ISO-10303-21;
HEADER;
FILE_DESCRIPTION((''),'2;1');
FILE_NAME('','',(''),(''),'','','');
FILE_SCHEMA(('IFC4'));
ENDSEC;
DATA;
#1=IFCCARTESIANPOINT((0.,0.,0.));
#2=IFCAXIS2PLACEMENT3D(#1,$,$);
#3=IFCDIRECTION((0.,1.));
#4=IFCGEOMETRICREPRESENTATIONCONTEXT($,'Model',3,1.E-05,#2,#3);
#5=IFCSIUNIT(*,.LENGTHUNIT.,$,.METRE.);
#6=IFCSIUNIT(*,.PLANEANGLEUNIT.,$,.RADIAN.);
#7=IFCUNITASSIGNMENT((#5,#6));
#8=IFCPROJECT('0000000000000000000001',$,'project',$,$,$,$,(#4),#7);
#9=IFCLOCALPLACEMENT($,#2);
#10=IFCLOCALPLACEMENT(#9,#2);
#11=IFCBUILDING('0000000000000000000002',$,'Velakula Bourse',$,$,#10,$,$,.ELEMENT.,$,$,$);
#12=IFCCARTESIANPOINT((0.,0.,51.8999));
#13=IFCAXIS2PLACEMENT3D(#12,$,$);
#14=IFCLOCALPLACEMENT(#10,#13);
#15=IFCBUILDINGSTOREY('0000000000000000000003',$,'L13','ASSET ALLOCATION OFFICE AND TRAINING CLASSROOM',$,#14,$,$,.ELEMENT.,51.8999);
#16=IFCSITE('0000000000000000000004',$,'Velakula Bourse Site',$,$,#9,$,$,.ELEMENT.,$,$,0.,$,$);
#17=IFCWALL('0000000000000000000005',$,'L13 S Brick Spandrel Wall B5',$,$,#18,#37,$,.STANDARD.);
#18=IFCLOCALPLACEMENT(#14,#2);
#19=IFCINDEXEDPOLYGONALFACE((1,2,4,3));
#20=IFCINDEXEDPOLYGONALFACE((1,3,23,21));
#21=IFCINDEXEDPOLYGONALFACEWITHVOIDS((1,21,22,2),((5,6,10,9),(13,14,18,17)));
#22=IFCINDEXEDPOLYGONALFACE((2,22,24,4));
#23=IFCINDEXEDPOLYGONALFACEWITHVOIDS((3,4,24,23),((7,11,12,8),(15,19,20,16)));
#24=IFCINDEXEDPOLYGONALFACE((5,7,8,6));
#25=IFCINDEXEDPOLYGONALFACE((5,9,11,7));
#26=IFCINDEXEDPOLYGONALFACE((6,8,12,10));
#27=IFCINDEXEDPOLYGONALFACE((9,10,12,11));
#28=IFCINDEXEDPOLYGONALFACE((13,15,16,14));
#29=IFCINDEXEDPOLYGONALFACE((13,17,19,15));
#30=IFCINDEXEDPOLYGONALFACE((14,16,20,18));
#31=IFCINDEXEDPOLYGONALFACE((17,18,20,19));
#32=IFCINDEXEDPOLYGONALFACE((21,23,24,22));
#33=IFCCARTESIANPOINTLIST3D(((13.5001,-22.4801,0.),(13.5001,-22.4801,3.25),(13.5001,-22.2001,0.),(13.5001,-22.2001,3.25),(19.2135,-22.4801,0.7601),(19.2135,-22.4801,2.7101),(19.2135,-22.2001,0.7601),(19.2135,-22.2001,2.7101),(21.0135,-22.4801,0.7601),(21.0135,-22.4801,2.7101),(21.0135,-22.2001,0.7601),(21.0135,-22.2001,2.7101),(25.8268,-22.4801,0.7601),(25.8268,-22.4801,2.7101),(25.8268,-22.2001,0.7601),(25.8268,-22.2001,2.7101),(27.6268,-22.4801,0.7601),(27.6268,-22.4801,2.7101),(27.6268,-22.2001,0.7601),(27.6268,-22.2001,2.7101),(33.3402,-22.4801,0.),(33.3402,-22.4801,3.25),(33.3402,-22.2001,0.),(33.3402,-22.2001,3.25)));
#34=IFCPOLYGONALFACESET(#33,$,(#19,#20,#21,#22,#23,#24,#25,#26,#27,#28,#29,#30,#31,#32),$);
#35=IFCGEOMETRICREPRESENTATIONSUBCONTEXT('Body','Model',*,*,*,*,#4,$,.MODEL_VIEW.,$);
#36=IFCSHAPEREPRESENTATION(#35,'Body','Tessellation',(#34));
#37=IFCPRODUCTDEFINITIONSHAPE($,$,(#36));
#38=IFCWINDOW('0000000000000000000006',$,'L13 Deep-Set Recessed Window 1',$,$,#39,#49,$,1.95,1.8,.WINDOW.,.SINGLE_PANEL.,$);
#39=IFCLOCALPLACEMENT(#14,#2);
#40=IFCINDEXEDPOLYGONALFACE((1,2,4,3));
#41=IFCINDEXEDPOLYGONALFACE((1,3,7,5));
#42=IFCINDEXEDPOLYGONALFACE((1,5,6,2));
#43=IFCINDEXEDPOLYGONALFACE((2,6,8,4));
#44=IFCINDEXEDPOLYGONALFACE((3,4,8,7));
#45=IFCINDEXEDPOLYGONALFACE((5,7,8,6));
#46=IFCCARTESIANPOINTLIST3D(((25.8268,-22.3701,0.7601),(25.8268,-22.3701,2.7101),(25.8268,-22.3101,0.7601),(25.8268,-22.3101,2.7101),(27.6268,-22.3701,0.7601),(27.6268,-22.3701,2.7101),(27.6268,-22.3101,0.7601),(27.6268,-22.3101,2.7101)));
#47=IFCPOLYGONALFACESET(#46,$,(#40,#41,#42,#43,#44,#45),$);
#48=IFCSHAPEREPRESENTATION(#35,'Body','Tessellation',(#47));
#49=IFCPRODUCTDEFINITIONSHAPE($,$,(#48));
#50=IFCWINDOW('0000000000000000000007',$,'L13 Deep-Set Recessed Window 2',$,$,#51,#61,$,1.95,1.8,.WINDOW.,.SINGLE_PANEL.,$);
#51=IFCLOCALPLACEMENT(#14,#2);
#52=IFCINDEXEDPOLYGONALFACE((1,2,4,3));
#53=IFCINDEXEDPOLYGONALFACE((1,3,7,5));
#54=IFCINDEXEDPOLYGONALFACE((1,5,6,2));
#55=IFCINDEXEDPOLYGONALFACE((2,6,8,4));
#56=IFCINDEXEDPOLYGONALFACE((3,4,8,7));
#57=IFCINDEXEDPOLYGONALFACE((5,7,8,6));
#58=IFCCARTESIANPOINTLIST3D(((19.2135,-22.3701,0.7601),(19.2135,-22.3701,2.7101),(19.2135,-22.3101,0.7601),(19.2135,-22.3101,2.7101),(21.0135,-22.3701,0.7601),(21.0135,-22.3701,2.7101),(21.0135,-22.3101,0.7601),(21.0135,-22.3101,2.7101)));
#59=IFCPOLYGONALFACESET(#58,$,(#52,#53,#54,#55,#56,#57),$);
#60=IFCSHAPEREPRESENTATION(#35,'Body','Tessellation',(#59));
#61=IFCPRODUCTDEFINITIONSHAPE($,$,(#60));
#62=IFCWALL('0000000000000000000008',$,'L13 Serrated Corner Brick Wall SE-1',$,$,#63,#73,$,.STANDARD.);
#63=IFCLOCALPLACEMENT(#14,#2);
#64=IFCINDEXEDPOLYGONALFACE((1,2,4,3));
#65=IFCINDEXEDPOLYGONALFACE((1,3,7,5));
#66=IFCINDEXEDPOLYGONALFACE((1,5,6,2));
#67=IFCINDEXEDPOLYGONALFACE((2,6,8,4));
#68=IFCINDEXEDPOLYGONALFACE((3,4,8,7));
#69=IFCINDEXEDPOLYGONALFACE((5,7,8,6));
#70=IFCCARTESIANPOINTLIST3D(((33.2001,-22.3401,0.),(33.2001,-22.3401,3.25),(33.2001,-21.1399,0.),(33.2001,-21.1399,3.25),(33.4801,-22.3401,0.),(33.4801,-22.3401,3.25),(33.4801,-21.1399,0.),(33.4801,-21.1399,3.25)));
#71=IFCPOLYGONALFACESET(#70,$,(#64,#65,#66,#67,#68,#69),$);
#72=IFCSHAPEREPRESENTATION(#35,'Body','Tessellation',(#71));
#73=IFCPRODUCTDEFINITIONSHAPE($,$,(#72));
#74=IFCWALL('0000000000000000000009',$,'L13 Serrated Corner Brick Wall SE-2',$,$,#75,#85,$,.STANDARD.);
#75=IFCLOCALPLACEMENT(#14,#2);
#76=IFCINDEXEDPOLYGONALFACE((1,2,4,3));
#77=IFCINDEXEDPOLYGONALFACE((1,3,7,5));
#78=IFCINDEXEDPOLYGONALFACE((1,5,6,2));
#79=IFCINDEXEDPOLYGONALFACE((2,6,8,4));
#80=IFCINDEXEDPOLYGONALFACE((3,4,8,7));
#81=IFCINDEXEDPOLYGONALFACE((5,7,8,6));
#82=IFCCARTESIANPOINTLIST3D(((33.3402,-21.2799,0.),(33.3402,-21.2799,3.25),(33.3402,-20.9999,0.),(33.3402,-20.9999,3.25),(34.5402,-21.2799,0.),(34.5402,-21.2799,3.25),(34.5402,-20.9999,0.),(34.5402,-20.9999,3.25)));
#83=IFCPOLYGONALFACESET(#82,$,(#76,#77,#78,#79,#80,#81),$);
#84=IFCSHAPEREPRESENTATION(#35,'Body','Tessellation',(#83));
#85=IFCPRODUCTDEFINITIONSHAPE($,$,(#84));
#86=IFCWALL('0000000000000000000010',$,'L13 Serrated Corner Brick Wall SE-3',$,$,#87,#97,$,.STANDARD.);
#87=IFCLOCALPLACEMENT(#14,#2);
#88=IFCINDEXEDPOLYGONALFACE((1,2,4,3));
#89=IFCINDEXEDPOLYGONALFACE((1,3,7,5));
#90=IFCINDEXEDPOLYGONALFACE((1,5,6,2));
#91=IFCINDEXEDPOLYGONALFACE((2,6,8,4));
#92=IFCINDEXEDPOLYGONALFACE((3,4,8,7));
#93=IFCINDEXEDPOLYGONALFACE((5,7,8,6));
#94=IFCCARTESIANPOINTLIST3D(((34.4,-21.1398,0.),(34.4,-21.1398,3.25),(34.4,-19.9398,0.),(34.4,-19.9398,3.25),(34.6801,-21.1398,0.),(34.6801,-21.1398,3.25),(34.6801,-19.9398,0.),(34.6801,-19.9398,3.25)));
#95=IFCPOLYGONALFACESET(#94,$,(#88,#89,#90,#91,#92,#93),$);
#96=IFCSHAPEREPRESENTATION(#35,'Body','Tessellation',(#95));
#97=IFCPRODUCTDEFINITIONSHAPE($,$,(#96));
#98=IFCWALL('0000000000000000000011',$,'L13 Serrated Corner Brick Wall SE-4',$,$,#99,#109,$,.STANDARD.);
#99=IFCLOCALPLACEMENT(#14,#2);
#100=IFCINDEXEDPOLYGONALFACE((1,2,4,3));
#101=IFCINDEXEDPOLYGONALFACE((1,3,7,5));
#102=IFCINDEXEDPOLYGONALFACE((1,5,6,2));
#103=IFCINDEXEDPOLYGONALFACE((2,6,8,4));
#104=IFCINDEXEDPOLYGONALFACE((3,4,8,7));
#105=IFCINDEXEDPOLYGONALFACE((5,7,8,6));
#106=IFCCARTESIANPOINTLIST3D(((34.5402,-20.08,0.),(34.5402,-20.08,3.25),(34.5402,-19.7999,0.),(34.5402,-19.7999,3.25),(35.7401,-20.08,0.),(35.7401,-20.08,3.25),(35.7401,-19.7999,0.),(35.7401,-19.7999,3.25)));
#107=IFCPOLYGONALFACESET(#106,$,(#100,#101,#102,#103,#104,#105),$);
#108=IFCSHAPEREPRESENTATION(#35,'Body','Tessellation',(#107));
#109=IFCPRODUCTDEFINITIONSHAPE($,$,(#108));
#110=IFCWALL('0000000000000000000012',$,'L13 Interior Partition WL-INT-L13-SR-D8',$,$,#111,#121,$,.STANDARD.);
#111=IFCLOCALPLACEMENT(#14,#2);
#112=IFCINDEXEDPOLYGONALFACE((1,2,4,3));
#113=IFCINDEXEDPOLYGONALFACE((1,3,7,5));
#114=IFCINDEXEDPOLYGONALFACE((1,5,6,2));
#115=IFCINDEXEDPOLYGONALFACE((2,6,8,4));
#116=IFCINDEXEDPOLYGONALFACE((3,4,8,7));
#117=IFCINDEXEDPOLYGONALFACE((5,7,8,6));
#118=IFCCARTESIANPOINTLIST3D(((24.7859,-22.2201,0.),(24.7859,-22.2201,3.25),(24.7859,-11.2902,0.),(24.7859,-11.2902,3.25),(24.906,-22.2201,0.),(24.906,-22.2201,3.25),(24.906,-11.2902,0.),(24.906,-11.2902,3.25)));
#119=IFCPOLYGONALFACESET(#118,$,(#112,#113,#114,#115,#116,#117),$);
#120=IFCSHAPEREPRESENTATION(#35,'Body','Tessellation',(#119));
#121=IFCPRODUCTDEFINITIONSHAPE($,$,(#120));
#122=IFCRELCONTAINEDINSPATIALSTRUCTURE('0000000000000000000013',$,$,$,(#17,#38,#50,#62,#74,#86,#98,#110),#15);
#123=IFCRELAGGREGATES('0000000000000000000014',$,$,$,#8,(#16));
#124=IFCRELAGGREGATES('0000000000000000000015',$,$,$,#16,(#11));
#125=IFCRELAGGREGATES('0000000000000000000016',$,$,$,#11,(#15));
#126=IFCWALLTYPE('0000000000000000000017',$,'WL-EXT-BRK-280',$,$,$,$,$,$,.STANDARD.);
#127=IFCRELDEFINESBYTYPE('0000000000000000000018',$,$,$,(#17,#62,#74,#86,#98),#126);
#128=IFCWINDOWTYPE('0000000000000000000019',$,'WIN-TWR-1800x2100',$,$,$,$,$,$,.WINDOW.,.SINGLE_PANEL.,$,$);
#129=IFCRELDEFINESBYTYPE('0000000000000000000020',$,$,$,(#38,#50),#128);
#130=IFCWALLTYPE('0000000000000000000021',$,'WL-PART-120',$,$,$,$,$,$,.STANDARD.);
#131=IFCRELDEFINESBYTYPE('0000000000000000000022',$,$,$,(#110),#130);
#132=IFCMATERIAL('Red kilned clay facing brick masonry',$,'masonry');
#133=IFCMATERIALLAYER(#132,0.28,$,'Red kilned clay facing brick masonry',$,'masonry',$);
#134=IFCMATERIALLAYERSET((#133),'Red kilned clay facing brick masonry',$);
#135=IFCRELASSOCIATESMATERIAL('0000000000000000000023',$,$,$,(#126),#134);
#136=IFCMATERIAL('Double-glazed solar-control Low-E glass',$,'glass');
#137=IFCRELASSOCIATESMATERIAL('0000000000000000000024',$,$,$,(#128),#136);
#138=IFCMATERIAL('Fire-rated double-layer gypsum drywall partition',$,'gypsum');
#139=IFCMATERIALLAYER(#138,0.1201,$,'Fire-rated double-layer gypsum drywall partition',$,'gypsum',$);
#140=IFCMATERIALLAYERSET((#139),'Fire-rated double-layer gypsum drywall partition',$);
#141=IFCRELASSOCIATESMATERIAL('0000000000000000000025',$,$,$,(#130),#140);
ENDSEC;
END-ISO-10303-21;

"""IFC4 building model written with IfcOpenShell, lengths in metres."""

from ifc_helpers import new_model, si_unit, direction, frame, frame_2d, origin, place, context, subcontext, project, spatial, rectangle, extrude, material, layer, layer_set, type_object, element, fill, save


model = new_model("IFC4")

# Units and contexts
model_context = context("Model", 3, precision=1e-05, world=origin(), true_north=direction((0.0, 1.0)))
body_context = subcontext(model_context, "Body", "Model", "MODEL_VIEW")
ifc_project = project(units=[si_unit("LENGTHUNIT", "METRE"), si_unit("PLANEANGLEUNIT", "RADIAN")], contexts=[model_context])

# Site, building, storey
site_placement = place(None, origin())
site = spatial("IfcSite", under=ifc_project, at=site_placement, Name="Velakula Bourse Site", CompositionType="ELEMENT", RefElevation=0.0)
building_placement = place(site_placement, origin())
building = spatial("IfcBuilding", under=site, at=building_placement, Name="Velakula Bourse", CompositionType="ELEMENT")
storey_placement = place(building_placement, frame((0.0, 0.0, 51.8999)))
storey = spatial("IfcBuildingStorey", under=building, at=storey_placement, Name="L13", Description="ASSET ALLOCATION OFFICE AND TRAINING CLASSROOM", CompositionType="ELEMENT", Elevation=51.8999)

# Wall, openings, windows
ifc_material_1 = material(Name="Red kilned clay facing brick masonry", Category="masonry")
ifc_layer_1 = layer(ifc_material_1, 0.28, Name="Red kilned clay facing brick masonry", Category="masonry")
ifc_layer_set_1 = layer_set([ifc_layer_1], Name="Red kilned clay facing brick masonry")
wall_type_1 = type_object("IfcWallType", Name="WL-EXT-BRK-280", PredefinedType="STANDARD", material=ifc_layer_set_1)
wall_1_placement = place(storey_placement, frame((33.3401, -22.3401, 0.0), z_axis=(0.0, 0.0, 1.0), x_axis=(-1.0, 0.0, 0.0)))
wall_1 = element("IfcWall", 1, at=wall_1_placement, inside=storey, type_object=wall_type_1, Name="L13 S Brick Spandrel Wall B5", PredefinedType="STANDARD", context=body_context, shape_type="SweptSolid", body=[
    extrude(rectangle(XDim=19.8401, YDim=0.28, at=frame_2d((9.9199, 0.0))), origin(), (0.0, 0.0, 1.0), 3.25),
])
opening_1_placement = place(wall_1_placement, frame((5.7134, 0.0, 0.76)))
opening_1 = element("IfcOpeningElement", 2, at=opening_1_placement, cuts=wall_1, PredefinedType="OPENING", context=body_context, shape_type="SweptSolid", body=[
    extrude(rectangle(XDim=1.8, YDim=1.95, at=frame_2d((0.8999, 0.9751))), frame((0.0, 0.1499, 0.0), z_axis=(0.0, -1.0, 0.0), x_axis=(1.0, 0.0, 0.0)), (0.0, 0.0, 1.0), 0.3),
])
opening_2_placement = place(wall_1_placement, frame((12.3267, 0.0, 0.76)))
opening_2 = element("IfcOpeningElement", 3, at=opening_2_placement, cuts=wall_1, PredefinedType="OPENING", context=body_context, shape_type="SweptSolid", body=[
    extrude(rectangle(XDim=1.8, YDim=1.95, at=frame_2d((0.8999, 0.9751))), frame((0.0, 0.1499, 0.0), z_axis=(0.0, -1.0, 0.0), x_axis=(1.0, 0.0, 0.0)), (0.0, 0.0, 1.0), 0.3),
])
ifc_material_2 = material(Name="Double-glazed solar-control Low-E glass", Category="glass")
window_type = type_object("IfcWindowType", Name="WIN-TWR-1800x2100", PartitioningType="SINGLE_PANEL", PredefinedType="WINDOW", material=ifc_material_2)
window_1_placement = place(opening_1_placement, origin())
window_1 = element("IfcWindow", 4, at=window_1_placement, inside=storey, type_object=window_type, Name="L13 Deep-Set Recessed Window 1", OverallHeight=1.95, OverallWidth=1.8, PartitioningType="SINGLE_PANEL", PredefinedType="WINDOW", context=body_context, shape_type="SweptSolid", body=[
    extrude(rectangle(XDim=1.8, YDim=1.95, at=frame_2d((0.8999, 0.9751))), frame((0.0, 0.03, 0.0), z_axis=(0.0, -1.0, 0.0), x_axis=(1.0, 0.0, 0.0)), (0.0, 0.0, 1.0), 0.0601),
])
fill(opening_1, window_1)
window_2_placement = place(opening_2_placement, origin())
window_2 = element("IfcWindow", 5, at=window_2_placement, inside=storey, type_object=window_type, Name="L13 Deep-Set Recessed Window 2", OverallHeight=1.95, OverallWidth=1.8, PartitioningType="SINGLE_PANEL", PredefinedType="WINDOW", context=body_context, shape_type="SweptSolid", body=[
    extrude(rectangle(XDim=1.8, YDim=1.95, at=frame_2d((0.8999, 0.9751))), frame((0.0, 0.03, 0.0), z_axis=(0.0, -1.0, 0.0), x_axis=(1.0, 0.0, 0.0)), (0.0, 0.0, 1.0), 0.0601),
])
fill(opening_2, window_2)

# Walls
wall_2_placement = place(storey_placement, frame((33.3401, -22.3401, 0.0), z_axis=(0.0, 0.0, 1.0), x_axis=(0.0, 1.0, 0.0)))
element("IfcWall", 6, at=wall_2_placement, inside=storey, type_object=wall_type_1, Name="L13 Serrated Corner Brick Wall SE-1", PredefinedType="STANDARD", context=body_context, shape_type="SweptSolid", body=[
    extrude(rectangle(XDim=1.2002, YDim=0.28, at=frame_2d((0.6001, 0.0))), origin(), (0.0, 0.0, 1.0), 3.25),
])
for number, where, z_axis, x_axis, name in (
    (7, (33.3401, -21.1399, 0.0), (0.0, 0.0, 1.0), (1.0, 0.0, 0.0), "L13 Serrated Corner Brick Wall SE-2"),
    (8, (34.54, -21.1399, 0.0), (0.0, 0.0, 1.0), (0.0, 1.0, 0.0), "L13 Serrated Corner Brick Wall SE-3"),
    (9, (34.54, -19.9399, 0.0), (0.0, 0.0, 1.0), (1.0, 0.0, 0.0), "L13 Serrated Corner Brick Wall SE-4"),
):
    element("IfcWall", number, at=place(storey_placement, frame(where, z_axis=z_axis, x_axis=x_axis)), inside=storey, type_object=wall_type_1, Name=name, PredefinedType="STANDARD", context=body_context, shape_type="SweptSolid", body=[
        extrude(rectangle(XDim=1.2, YDim=0.28, at=frame_2d((0.6001, 0.0))), origin(), (0.0, 0.0, 1.0), 3.25),
    ])
ifc_material_3 = material(Name="Fire-rated double-layer gypsum drywall partition", Category="gypsum")
ifc_layer_2 = layer(ifc_material_3, 0.1201, Name="Fire-rated double-layer gypsum drywall partition", Category="gypsum")
ifc_layer_set_2 = layer_set([ifc_layer_2], Name="Fire-rated double-layer gypsum drywall partition")
wall_type_2 = type_object("IfcWallType", Name="WL-PART-120", PredefinedType="STANDARD", material=ifc_layer_set_2)
wall_3_placement = place(storey_placement, frame((24.8459, -22.22, 0.0), z_axis=(0.0, 0.0, 1.0), x_axis=(0.0, 1.0, 0.0)))
element("IfcWall", 10, at=wall_3_placement, inside=storey, type_object=wall_type_2, Name="L13 Interior Partition WL-INT-L13-SR-D8", PredefinedType="STANDARD", context=body_context, shape_type="SweptSolid", body=[
    extrude(rectangle(XDim=10.9299, YDim=0.1201, at=frame_2d((5.4648, 0.0))), origin(), (0.0, 0.0, 1.0), 3.25),
])

save(model, "model.ifc")
